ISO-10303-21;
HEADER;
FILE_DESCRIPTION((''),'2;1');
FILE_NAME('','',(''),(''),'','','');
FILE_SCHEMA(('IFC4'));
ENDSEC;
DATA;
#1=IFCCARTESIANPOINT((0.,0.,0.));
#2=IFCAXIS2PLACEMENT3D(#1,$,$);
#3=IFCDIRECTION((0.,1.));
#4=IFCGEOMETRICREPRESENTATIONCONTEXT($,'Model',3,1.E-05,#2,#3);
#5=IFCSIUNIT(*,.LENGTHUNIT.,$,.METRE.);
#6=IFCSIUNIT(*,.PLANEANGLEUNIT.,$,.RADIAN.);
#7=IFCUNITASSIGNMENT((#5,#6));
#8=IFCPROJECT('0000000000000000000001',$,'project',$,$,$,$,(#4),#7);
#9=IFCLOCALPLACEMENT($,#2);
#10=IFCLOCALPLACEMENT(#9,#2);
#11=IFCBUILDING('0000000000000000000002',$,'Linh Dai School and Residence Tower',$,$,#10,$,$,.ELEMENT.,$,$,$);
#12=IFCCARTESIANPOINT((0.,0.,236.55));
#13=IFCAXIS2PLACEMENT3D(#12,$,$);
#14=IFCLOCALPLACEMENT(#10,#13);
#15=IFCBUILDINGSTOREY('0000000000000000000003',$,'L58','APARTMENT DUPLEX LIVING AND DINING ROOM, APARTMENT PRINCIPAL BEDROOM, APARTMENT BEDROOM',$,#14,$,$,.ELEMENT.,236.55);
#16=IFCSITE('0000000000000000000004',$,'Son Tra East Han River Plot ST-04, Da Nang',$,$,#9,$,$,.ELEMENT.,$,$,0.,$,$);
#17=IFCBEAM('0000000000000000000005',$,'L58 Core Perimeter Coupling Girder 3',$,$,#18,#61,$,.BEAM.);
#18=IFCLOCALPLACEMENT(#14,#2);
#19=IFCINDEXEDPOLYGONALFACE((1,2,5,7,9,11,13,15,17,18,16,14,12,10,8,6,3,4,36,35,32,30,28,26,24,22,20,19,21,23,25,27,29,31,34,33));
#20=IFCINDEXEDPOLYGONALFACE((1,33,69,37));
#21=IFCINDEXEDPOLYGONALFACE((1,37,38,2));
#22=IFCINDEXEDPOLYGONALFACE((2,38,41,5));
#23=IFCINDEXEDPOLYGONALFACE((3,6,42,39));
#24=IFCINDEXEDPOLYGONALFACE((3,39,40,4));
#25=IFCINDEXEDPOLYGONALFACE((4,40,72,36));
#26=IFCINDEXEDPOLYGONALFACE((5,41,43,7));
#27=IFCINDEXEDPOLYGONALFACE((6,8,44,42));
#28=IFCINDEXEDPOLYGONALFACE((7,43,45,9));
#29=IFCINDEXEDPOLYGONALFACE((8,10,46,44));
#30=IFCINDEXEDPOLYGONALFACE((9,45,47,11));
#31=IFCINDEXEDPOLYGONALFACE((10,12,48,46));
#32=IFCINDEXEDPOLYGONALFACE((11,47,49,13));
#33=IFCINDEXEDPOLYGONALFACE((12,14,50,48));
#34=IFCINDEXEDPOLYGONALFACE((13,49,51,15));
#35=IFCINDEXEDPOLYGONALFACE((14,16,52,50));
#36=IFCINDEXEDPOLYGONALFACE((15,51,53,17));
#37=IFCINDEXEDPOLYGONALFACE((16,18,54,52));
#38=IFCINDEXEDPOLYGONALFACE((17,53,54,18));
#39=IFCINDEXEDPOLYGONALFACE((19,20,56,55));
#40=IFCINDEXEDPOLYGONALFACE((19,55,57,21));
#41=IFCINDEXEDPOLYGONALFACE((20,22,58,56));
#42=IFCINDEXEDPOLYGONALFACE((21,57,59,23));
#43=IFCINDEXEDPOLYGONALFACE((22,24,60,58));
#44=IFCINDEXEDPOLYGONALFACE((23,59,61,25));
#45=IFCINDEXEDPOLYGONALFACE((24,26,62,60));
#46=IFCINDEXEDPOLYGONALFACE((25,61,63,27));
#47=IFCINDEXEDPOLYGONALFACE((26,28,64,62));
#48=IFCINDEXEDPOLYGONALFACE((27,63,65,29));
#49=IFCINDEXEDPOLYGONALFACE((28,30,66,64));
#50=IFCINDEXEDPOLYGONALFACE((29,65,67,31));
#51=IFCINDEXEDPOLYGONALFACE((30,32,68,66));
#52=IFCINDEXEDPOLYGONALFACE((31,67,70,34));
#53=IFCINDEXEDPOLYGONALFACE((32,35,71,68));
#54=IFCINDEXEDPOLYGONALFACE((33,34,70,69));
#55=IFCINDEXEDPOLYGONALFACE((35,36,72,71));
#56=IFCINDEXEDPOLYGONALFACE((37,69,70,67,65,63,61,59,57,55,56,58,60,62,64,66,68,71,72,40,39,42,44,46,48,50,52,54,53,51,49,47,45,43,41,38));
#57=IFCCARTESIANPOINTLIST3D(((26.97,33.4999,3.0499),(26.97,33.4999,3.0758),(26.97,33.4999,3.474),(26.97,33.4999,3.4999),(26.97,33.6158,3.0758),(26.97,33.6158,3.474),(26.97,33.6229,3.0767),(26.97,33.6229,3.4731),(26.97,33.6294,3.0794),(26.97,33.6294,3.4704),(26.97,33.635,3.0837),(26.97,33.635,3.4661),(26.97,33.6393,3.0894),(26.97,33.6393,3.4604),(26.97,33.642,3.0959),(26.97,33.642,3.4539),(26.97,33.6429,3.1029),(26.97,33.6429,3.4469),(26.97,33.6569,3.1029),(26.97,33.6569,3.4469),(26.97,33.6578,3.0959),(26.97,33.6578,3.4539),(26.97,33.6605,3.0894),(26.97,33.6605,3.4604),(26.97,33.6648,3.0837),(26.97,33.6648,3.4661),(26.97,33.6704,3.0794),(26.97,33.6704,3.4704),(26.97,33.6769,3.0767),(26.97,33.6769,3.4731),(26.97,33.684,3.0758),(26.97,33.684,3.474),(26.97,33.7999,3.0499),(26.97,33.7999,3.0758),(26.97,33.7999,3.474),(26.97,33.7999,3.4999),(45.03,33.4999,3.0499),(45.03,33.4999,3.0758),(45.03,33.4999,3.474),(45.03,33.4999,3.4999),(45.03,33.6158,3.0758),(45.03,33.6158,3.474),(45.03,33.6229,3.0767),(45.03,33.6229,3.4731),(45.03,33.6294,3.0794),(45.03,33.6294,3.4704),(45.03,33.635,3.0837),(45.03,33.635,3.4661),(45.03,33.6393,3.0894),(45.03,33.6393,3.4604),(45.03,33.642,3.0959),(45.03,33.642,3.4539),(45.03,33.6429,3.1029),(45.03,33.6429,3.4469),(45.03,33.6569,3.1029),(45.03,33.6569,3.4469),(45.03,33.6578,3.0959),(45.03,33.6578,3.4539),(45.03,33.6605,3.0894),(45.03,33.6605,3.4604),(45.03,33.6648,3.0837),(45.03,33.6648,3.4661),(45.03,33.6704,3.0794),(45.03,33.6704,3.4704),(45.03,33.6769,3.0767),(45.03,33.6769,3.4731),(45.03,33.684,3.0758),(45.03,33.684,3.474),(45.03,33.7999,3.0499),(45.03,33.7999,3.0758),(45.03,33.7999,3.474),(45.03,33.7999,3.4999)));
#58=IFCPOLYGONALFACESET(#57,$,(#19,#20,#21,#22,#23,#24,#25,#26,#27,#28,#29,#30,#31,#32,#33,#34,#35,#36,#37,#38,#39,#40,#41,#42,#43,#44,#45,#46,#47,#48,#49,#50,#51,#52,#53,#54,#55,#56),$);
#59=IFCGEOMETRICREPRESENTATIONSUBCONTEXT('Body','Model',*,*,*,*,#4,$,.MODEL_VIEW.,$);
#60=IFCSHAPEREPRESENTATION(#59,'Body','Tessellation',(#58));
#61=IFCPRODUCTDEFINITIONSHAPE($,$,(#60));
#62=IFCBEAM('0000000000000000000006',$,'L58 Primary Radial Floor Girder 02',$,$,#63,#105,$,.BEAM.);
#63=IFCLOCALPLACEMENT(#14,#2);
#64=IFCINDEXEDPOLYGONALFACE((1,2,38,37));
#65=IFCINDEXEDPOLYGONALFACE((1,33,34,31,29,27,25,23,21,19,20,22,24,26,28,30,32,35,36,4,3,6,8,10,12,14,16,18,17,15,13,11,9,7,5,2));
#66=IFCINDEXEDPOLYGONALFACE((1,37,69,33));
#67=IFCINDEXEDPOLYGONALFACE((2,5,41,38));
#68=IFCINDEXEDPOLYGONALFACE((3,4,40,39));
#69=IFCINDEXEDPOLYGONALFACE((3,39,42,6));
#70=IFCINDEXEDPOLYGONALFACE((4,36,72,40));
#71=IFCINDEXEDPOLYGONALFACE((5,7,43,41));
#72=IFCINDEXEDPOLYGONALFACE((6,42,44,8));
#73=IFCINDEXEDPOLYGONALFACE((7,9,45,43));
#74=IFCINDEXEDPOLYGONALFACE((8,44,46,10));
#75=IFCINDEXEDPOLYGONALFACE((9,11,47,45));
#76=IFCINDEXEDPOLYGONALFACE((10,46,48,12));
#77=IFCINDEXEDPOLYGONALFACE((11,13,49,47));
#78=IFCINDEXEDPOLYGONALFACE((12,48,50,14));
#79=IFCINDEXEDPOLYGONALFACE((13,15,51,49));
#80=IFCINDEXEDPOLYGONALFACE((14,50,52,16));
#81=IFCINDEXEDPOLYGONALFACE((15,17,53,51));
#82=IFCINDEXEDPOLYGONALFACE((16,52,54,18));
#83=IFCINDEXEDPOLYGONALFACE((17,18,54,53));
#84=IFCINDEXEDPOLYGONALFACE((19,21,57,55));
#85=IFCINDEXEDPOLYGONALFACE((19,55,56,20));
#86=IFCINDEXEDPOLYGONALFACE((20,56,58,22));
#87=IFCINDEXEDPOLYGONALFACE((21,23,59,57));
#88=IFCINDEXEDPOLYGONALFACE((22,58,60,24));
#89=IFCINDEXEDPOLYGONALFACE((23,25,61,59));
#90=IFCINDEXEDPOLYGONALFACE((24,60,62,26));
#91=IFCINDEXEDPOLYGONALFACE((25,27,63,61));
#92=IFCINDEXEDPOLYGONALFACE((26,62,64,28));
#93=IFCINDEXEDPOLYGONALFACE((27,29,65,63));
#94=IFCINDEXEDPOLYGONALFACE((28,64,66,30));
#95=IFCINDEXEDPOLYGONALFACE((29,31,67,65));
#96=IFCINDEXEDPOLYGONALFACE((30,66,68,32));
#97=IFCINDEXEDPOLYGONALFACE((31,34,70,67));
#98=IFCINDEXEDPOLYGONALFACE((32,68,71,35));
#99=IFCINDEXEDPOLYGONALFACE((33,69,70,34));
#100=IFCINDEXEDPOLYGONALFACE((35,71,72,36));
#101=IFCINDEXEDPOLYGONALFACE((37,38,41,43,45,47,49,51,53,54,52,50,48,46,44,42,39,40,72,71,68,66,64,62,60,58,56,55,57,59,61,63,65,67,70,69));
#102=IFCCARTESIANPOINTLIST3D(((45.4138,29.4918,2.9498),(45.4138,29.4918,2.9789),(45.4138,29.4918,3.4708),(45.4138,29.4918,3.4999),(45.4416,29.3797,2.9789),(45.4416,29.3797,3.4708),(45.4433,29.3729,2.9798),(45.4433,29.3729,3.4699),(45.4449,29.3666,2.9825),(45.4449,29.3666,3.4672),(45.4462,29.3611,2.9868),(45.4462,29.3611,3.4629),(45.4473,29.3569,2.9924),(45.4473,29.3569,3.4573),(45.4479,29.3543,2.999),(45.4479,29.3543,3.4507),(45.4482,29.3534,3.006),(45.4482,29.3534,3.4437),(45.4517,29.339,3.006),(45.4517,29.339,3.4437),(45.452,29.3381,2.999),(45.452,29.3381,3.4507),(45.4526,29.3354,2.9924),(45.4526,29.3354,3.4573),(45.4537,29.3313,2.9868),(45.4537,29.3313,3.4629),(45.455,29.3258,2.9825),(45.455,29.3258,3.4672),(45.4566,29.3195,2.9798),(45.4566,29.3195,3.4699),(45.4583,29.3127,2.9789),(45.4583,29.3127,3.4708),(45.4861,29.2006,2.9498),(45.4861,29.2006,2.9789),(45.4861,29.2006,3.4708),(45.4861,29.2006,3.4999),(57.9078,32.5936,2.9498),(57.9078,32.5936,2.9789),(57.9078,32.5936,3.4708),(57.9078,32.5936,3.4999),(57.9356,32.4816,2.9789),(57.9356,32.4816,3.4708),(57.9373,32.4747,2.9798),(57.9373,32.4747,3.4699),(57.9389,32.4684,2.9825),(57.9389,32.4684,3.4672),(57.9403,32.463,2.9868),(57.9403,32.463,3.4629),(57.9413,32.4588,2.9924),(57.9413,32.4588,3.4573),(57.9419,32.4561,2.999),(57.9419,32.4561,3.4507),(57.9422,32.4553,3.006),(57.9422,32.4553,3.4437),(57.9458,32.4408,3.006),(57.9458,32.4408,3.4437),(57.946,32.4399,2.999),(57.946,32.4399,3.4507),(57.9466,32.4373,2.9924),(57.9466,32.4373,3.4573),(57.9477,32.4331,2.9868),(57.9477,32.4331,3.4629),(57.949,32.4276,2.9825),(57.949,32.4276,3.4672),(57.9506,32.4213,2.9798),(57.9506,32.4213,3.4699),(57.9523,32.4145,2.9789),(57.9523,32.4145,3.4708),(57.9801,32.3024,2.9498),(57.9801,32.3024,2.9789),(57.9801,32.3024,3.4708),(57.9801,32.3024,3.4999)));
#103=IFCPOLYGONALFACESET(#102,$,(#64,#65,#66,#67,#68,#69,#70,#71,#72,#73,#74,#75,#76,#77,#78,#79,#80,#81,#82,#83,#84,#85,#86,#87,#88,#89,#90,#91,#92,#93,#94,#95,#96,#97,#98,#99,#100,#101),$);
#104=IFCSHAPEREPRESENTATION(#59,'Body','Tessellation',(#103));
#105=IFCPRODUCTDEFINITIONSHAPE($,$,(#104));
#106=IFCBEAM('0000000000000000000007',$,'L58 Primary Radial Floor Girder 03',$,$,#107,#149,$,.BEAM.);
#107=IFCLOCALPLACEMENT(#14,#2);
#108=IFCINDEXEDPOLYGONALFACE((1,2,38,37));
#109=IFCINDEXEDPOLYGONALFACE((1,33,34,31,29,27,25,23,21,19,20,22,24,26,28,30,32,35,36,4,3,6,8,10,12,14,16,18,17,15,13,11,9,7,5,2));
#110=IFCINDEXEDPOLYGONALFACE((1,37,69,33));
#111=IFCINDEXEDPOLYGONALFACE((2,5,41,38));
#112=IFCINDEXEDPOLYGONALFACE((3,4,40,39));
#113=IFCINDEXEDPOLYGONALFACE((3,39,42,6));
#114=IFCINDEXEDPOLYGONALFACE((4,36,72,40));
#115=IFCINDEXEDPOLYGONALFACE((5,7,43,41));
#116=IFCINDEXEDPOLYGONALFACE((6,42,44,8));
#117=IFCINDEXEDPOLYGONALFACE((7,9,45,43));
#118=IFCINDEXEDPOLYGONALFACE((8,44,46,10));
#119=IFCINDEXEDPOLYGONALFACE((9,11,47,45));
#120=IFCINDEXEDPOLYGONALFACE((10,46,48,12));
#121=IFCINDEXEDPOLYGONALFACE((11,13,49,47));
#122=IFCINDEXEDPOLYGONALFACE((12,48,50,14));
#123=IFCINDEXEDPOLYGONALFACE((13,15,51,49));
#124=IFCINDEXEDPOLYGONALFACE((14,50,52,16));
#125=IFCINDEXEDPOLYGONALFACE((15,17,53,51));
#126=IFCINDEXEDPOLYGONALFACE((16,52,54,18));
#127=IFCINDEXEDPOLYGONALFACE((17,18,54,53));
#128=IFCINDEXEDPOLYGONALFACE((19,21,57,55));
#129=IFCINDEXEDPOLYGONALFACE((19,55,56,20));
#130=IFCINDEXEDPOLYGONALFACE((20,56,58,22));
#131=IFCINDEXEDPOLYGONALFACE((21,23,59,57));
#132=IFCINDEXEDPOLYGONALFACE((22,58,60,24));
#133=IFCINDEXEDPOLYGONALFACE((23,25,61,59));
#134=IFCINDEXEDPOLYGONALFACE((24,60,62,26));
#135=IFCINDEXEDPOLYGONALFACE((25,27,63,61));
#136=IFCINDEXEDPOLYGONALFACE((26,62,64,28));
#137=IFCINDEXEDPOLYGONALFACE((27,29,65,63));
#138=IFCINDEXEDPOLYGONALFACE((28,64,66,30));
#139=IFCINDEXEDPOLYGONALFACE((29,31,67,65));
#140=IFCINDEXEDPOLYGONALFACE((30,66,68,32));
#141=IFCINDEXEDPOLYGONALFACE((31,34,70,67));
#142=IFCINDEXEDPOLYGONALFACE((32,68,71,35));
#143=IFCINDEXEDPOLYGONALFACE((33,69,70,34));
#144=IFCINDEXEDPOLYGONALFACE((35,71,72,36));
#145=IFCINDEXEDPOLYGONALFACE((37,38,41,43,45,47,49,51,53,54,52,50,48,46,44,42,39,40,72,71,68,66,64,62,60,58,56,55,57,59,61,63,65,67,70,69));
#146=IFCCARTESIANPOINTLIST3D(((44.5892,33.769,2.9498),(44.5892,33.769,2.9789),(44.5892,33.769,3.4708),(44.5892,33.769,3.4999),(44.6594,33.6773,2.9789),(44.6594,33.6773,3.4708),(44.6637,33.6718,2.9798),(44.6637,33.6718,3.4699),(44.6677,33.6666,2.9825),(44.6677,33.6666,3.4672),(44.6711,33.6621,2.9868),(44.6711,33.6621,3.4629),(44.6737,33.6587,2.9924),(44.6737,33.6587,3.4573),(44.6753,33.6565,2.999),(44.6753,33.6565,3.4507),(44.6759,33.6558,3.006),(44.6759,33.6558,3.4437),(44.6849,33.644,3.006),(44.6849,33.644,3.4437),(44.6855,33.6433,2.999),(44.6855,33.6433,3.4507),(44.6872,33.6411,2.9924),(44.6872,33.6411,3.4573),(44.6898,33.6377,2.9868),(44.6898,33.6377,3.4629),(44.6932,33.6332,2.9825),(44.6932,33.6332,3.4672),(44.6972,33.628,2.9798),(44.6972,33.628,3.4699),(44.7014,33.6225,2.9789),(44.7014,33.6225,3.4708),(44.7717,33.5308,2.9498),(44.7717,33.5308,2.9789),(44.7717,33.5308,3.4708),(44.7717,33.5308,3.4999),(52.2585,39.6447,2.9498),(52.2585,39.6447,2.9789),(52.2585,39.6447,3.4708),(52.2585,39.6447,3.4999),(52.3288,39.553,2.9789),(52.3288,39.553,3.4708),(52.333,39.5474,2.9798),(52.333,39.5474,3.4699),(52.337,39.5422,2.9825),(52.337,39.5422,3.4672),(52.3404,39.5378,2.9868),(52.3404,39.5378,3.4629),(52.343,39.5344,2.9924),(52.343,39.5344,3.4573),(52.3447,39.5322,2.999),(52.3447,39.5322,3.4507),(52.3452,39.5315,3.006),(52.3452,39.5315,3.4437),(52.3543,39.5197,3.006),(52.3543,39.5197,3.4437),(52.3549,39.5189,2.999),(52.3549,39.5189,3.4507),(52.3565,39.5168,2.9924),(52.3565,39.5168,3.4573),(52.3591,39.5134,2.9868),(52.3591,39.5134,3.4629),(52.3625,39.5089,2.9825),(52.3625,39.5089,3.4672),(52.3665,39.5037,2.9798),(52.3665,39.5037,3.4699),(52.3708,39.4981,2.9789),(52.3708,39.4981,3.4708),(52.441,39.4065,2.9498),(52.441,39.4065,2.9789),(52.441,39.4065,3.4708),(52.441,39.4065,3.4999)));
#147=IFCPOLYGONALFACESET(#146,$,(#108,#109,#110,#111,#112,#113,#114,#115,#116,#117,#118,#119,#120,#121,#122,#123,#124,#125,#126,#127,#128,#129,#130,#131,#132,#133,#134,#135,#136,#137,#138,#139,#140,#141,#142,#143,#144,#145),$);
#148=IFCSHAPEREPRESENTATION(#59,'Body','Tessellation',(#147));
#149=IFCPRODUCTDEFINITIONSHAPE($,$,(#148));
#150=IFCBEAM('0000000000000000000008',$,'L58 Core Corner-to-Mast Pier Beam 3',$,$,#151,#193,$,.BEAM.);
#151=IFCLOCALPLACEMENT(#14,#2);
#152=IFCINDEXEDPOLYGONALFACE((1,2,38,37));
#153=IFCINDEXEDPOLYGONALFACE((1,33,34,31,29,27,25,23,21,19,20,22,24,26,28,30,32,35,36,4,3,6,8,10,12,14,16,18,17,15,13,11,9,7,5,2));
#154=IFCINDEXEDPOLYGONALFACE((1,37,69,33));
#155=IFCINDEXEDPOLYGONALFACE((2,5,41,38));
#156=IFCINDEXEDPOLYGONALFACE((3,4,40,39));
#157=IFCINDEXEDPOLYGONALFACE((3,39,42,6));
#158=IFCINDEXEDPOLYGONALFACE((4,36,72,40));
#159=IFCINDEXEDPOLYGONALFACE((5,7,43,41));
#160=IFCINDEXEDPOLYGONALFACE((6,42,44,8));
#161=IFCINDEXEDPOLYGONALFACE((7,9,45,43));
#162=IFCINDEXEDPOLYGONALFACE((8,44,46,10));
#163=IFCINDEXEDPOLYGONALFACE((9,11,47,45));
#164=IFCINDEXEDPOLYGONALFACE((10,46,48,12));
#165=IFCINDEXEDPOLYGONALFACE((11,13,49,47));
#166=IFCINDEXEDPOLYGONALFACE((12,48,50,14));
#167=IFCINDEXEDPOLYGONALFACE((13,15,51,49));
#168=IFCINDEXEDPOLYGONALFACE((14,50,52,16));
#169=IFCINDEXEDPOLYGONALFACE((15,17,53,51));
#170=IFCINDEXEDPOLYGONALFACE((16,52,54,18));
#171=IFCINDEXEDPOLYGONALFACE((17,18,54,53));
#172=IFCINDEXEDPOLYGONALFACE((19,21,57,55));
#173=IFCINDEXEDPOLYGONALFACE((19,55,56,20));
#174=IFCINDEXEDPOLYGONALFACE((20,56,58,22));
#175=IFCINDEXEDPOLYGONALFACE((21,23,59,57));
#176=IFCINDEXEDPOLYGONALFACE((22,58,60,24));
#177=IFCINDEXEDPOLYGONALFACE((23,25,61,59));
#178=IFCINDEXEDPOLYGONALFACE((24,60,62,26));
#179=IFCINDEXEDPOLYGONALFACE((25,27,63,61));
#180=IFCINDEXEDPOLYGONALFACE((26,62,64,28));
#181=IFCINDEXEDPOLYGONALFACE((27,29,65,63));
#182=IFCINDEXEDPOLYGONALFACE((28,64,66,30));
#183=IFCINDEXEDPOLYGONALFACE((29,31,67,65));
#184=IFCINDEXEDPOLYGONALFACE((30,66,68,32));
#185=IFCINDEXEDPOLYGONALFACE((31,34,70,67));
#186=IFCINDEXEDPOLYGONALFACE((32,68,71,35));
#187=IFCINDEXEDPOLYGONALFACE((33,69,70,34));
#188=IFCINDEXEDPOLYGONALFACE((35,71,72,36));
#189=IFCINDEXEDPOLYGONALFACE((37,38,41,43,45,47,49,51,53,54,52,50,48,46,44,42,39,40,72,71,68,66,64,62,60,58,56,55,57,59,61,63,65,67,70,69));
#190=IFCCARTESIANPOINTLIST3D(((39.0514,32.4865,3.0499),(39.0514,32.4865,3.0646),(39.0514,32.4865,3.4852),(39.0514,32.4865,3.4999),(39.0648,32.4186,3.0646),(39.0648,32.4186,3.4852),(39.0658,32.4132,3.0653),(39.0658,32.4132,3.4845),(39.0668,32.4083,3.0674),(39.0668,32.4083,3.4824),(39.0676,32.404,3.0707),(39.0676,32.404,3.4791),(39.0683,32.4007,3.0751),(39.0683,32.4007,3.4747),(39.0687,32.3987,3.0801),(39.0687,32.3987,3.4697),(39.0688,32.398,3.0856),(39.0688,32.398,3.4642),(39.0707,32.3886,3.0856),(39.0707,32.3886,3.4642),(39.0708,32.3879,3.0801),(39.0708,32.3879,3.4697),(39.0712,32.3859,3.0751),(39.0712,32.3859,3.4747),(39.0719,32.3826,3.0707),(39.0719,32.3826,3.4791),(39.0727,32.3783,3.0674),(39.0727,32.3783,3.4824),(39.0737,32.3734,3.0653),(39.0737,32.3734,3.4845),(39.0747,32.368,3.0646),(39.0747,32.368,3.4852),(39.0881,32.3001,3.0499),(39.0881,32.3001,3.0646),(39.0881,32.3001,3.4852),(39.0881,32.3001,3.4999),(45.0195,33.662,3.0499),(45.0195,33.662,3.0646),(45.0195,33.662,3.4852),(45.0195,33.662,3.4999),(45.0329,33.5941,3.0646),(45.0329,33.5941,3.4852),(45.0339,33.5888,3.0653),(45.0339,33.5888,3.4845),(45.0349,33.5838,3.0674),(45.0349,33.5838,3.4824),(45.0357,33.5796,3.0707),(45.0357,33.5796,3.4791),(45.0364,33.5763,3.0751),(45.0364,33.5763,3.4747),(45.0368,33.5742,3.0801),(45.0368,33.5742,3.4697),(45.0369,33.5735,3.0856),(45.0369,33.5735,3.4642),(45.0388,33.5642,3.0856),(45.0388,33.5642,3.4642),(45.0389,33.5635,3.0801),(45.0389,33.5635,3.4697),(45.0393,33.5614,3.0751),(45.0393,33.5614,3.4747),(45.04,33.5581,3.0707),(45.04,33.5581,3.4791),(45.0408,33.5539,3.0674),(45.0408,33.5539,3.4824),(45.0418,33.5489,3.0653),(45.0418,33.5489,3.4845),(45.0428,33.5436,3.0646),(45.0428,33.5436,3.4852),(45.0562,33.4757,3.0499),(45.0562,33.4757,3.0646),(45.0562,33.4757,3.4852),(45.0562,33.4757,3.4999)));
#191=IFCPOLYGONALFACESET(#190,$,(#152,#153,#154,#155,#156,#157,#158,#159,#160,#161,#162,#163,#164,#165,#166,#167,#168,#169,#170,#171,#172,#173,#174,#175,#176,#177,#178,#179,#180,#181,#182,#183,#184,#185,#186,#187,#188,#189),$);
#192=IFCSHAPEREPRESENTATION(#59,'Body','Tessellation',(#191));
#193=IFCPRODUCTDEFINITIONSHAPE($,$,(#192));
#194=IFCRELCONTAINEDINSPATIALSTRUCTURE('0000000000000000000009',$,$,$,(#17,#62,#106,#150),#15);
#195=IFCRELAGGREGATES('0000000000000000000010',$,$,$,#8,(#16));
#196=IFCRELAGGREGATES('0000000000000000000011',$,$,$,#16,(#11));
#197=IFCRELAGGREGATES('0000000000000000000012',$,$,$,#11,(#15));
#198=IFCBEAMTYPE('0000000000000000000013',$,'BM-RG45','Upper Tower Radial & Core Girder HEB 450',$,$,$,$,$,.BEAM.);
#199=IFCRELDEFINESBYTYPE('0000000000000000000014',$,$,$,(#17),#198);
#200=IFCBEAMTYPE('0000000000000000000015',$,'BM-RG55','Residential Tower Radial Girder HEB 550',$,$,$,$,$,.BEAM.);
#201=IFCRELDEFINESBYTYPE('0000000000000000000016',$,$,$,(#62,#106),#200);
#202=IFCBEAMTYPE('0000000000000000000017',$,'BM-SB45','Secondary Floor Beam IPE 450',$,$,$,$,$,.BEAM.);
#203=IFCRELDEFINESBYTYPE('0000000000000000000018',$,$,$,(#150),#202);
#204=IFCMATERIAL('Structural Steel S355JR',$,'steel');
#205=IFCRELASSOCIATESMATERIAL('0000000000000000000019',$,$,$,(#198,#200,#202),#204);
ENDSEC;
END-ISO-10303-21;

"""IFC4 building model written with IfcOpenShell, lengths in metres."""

from ifc_helpers import new_model, si_unit, direction, frame, origin, origin_2d, place, context, subcontext, project, spatial, i_section, extrude, material, material_profile, profile_set, type_object, element, save


model = new_model("IFC4")

# Units and contexts
model_context = context("Model", 3, precision=1e-05, world=origin(), true_north=direction((0.0, 1.0)))
body_context = subcontext(model_context, "Body", "Model", "MODEL_VIEW")
ifc_project = project(units=[si_unit("LENGTHUNIT", "METRE"), si_unit("PLANEANGLEUNIT", "RADIAN")], contexts=[model_context])

# Site, building, storey
site_placement = place(None, origin())
site = spatial("IfcSite", under=ifc_project, at=site_placement, Name="Son Tra East Han River Plot ST-04, Da Nang", CompositionType="ELEMENT", RefElevation=0.0)
building_placement = place(site_placement, origin())
building = spatial("IfcBuilding", under=site, at=building_placement, Name="Linh Dai School and Residence Tower", CompositionType="ELEMENT")
storey_placement = place(building_placement, frame((0.0, 0.0, 236.55)))
storey = spatial("IfcBuildingStorey", under=building, at=storey_placement, Name="L58", Description="APARTMENT DUPLEX LIVING AND DINING ROOM, APARTMENT PRINCIPAL BEDROOM, APARTMENT BEDROOM", CompositionType="ELEMENT", Elevation=236.55)

# Shared definitions
ifc_material_1 = material(Name="Structural Steel S355JR", Category="steel")

# Beams
ifc_material_profile_1 = material_profile(ifc_material_1, i_section(OverallWidth=0.3, OverallDepth=0.45, WebThickness=0.0139, FlangeThickness=0.0259, FilletRadius=0.0271, at=origin_2d()), Name="HEB 450")
ifc_profile_set_1 = profile_set([ifc_material_profile_1], Name="Structural Steel S355JR")
beam_type_1 = type_object("IfcBeamType", Name="BM-RG45", Description="Upper Tower Radial & Core Girder HEB 450", PredefinedType="BEAM", material=ifc_profile_set_1)
beam_1_placement = place(storey_placement, frame((45.03, 33.6499, 3.2749), z_axis=(-1.0, 0.0, 0.0), x_axis=(0.0, -1.0, 0.0)))
element("IfcBeam", 1, at=beam_1_placement, inside=storey, type_object=beam_type_1, Name="L58 Core Perimeter Coupling Girder 3", PredefinedType="BEAM", context=body_context, shape_type="SweptSolid", body=[
    extrude(i_section(OverallWidth=0.3, OverallDepth=0.45, WebThickness=0.0139, FlangeThickness=0.0259, FilletRadius=0.0271, at=origin_2d()), origin(), (0.0, 0.0, 1.0), 18.0601),
])
ifc_material_profile_2 = material_profile(ifc_material_1, i_section(OverallWidth=0.3, OverallDepth=0.55, WebThickness=0.0149, FlangeThickness=0.0291, FilletRadius=0.0271, at=origin_2d()), Name="HEB 550")
ifc_profile_set_2 = profile_set([ifc_material_profile_2], Name="Structural Steel S355JR")
beam_type_2 = type_object("IfcBeamType", Name="BM-RG55", Description="Residential Tower Radial Girder HEB 550", PredefinedType="BEAM", material=ifc_profile_set_2)
beam_2_placement = place(storey_placement, frame((45.45, 29.3462, 3.2249), z_axis=(0.970537, 0.240951, 0.0), x_axis=(-0.240951, 0.970537, 0.0)))
element("IfcBeam", 2, at=beam_2_placement, inside=storey, type_object=beam_type_2, Name="L58 Primary Radial Floor Girder 02", PredefinedType="BEAM", context=body_context, shape_type="SweptSolid", body=[
    extrude(i_section(OverallWidth=0.3, OverallDepth=0.55, WebThickness=0.0149, FlangeThickness=0.0291, FilletRadius=0.0271, at=origin_2d()), origin(), (0.0, 0.0, 1.0), 12.8733),
])
beam_3_placement = place(storey_placement, frame((44.6804, 33.6499, 3.2249), z_axis=(0.793815, 0.60816, 0.0), x_axis=(-0.60816, 0.793815, 0.0)))
element("IfcBeam", 3, at=beam_3_placement, inside=storey, type_object=beam_type_2, Name="L58 Primary Radial Floor Girder 03", PredefinedType="BEAM", context=body_context, shape_type="SweptSolid", body=[
    extrude(i_section(OverallWidth=0.3, OverallDepth=0.55, WebThickness=0.0149, FlangeThickness=0.0291, FilletRadius=0.0271, at=origin_2d()), origin(), (0.0, 0.0, 1.0), 9.6614),
])
ifc_material_profile_3 = material_profile(ifc_material_1, i_section(OverallWidth=0.1899, OverallDepth=0.45, WebThickness=0.0095, FlangeThickness=0.0146, FilletRadius=0.021, at=origin_2d()), Name="IPE 450")
ifc_profile_set_3 = profile_set([ifc_material_profile_3], Name="Structural Steel S355JR")
beam_type_3 = type_object("IfcBeamType", Name="BM-SB45", Description="Secondary Floor Beam IPE 450", PredefinedType="BEAM", material=ifc_profile_set_3)
beam_4_placement = place(storey_placement, frame((45.0378, 33.5688, 3.2749), z_axis=(-0.981148, -0.193259, 0.0), x_axis=(0.193259, -0.981148, 0.0)))
element("IfcBeam", 4, at=beam_4_placement, inside=storey, type_object=beam_type_3, Name="L58 Core Corner-to-Mast Pier Beam 3", PredefinedType="BEAM", context=body_context, shape_type="SweptSolid", body=[
    extrude(i_section(OverallWidth=0.1899, OverallDepth=0.45, WebThickness=0.0095, FlangeThickness=0.0146, FilletRadius=0.021, at=origin_2d()), origin(), (0.0, 0.0, 1.0), 6.0828),
])

save(model, "model.ifc")
